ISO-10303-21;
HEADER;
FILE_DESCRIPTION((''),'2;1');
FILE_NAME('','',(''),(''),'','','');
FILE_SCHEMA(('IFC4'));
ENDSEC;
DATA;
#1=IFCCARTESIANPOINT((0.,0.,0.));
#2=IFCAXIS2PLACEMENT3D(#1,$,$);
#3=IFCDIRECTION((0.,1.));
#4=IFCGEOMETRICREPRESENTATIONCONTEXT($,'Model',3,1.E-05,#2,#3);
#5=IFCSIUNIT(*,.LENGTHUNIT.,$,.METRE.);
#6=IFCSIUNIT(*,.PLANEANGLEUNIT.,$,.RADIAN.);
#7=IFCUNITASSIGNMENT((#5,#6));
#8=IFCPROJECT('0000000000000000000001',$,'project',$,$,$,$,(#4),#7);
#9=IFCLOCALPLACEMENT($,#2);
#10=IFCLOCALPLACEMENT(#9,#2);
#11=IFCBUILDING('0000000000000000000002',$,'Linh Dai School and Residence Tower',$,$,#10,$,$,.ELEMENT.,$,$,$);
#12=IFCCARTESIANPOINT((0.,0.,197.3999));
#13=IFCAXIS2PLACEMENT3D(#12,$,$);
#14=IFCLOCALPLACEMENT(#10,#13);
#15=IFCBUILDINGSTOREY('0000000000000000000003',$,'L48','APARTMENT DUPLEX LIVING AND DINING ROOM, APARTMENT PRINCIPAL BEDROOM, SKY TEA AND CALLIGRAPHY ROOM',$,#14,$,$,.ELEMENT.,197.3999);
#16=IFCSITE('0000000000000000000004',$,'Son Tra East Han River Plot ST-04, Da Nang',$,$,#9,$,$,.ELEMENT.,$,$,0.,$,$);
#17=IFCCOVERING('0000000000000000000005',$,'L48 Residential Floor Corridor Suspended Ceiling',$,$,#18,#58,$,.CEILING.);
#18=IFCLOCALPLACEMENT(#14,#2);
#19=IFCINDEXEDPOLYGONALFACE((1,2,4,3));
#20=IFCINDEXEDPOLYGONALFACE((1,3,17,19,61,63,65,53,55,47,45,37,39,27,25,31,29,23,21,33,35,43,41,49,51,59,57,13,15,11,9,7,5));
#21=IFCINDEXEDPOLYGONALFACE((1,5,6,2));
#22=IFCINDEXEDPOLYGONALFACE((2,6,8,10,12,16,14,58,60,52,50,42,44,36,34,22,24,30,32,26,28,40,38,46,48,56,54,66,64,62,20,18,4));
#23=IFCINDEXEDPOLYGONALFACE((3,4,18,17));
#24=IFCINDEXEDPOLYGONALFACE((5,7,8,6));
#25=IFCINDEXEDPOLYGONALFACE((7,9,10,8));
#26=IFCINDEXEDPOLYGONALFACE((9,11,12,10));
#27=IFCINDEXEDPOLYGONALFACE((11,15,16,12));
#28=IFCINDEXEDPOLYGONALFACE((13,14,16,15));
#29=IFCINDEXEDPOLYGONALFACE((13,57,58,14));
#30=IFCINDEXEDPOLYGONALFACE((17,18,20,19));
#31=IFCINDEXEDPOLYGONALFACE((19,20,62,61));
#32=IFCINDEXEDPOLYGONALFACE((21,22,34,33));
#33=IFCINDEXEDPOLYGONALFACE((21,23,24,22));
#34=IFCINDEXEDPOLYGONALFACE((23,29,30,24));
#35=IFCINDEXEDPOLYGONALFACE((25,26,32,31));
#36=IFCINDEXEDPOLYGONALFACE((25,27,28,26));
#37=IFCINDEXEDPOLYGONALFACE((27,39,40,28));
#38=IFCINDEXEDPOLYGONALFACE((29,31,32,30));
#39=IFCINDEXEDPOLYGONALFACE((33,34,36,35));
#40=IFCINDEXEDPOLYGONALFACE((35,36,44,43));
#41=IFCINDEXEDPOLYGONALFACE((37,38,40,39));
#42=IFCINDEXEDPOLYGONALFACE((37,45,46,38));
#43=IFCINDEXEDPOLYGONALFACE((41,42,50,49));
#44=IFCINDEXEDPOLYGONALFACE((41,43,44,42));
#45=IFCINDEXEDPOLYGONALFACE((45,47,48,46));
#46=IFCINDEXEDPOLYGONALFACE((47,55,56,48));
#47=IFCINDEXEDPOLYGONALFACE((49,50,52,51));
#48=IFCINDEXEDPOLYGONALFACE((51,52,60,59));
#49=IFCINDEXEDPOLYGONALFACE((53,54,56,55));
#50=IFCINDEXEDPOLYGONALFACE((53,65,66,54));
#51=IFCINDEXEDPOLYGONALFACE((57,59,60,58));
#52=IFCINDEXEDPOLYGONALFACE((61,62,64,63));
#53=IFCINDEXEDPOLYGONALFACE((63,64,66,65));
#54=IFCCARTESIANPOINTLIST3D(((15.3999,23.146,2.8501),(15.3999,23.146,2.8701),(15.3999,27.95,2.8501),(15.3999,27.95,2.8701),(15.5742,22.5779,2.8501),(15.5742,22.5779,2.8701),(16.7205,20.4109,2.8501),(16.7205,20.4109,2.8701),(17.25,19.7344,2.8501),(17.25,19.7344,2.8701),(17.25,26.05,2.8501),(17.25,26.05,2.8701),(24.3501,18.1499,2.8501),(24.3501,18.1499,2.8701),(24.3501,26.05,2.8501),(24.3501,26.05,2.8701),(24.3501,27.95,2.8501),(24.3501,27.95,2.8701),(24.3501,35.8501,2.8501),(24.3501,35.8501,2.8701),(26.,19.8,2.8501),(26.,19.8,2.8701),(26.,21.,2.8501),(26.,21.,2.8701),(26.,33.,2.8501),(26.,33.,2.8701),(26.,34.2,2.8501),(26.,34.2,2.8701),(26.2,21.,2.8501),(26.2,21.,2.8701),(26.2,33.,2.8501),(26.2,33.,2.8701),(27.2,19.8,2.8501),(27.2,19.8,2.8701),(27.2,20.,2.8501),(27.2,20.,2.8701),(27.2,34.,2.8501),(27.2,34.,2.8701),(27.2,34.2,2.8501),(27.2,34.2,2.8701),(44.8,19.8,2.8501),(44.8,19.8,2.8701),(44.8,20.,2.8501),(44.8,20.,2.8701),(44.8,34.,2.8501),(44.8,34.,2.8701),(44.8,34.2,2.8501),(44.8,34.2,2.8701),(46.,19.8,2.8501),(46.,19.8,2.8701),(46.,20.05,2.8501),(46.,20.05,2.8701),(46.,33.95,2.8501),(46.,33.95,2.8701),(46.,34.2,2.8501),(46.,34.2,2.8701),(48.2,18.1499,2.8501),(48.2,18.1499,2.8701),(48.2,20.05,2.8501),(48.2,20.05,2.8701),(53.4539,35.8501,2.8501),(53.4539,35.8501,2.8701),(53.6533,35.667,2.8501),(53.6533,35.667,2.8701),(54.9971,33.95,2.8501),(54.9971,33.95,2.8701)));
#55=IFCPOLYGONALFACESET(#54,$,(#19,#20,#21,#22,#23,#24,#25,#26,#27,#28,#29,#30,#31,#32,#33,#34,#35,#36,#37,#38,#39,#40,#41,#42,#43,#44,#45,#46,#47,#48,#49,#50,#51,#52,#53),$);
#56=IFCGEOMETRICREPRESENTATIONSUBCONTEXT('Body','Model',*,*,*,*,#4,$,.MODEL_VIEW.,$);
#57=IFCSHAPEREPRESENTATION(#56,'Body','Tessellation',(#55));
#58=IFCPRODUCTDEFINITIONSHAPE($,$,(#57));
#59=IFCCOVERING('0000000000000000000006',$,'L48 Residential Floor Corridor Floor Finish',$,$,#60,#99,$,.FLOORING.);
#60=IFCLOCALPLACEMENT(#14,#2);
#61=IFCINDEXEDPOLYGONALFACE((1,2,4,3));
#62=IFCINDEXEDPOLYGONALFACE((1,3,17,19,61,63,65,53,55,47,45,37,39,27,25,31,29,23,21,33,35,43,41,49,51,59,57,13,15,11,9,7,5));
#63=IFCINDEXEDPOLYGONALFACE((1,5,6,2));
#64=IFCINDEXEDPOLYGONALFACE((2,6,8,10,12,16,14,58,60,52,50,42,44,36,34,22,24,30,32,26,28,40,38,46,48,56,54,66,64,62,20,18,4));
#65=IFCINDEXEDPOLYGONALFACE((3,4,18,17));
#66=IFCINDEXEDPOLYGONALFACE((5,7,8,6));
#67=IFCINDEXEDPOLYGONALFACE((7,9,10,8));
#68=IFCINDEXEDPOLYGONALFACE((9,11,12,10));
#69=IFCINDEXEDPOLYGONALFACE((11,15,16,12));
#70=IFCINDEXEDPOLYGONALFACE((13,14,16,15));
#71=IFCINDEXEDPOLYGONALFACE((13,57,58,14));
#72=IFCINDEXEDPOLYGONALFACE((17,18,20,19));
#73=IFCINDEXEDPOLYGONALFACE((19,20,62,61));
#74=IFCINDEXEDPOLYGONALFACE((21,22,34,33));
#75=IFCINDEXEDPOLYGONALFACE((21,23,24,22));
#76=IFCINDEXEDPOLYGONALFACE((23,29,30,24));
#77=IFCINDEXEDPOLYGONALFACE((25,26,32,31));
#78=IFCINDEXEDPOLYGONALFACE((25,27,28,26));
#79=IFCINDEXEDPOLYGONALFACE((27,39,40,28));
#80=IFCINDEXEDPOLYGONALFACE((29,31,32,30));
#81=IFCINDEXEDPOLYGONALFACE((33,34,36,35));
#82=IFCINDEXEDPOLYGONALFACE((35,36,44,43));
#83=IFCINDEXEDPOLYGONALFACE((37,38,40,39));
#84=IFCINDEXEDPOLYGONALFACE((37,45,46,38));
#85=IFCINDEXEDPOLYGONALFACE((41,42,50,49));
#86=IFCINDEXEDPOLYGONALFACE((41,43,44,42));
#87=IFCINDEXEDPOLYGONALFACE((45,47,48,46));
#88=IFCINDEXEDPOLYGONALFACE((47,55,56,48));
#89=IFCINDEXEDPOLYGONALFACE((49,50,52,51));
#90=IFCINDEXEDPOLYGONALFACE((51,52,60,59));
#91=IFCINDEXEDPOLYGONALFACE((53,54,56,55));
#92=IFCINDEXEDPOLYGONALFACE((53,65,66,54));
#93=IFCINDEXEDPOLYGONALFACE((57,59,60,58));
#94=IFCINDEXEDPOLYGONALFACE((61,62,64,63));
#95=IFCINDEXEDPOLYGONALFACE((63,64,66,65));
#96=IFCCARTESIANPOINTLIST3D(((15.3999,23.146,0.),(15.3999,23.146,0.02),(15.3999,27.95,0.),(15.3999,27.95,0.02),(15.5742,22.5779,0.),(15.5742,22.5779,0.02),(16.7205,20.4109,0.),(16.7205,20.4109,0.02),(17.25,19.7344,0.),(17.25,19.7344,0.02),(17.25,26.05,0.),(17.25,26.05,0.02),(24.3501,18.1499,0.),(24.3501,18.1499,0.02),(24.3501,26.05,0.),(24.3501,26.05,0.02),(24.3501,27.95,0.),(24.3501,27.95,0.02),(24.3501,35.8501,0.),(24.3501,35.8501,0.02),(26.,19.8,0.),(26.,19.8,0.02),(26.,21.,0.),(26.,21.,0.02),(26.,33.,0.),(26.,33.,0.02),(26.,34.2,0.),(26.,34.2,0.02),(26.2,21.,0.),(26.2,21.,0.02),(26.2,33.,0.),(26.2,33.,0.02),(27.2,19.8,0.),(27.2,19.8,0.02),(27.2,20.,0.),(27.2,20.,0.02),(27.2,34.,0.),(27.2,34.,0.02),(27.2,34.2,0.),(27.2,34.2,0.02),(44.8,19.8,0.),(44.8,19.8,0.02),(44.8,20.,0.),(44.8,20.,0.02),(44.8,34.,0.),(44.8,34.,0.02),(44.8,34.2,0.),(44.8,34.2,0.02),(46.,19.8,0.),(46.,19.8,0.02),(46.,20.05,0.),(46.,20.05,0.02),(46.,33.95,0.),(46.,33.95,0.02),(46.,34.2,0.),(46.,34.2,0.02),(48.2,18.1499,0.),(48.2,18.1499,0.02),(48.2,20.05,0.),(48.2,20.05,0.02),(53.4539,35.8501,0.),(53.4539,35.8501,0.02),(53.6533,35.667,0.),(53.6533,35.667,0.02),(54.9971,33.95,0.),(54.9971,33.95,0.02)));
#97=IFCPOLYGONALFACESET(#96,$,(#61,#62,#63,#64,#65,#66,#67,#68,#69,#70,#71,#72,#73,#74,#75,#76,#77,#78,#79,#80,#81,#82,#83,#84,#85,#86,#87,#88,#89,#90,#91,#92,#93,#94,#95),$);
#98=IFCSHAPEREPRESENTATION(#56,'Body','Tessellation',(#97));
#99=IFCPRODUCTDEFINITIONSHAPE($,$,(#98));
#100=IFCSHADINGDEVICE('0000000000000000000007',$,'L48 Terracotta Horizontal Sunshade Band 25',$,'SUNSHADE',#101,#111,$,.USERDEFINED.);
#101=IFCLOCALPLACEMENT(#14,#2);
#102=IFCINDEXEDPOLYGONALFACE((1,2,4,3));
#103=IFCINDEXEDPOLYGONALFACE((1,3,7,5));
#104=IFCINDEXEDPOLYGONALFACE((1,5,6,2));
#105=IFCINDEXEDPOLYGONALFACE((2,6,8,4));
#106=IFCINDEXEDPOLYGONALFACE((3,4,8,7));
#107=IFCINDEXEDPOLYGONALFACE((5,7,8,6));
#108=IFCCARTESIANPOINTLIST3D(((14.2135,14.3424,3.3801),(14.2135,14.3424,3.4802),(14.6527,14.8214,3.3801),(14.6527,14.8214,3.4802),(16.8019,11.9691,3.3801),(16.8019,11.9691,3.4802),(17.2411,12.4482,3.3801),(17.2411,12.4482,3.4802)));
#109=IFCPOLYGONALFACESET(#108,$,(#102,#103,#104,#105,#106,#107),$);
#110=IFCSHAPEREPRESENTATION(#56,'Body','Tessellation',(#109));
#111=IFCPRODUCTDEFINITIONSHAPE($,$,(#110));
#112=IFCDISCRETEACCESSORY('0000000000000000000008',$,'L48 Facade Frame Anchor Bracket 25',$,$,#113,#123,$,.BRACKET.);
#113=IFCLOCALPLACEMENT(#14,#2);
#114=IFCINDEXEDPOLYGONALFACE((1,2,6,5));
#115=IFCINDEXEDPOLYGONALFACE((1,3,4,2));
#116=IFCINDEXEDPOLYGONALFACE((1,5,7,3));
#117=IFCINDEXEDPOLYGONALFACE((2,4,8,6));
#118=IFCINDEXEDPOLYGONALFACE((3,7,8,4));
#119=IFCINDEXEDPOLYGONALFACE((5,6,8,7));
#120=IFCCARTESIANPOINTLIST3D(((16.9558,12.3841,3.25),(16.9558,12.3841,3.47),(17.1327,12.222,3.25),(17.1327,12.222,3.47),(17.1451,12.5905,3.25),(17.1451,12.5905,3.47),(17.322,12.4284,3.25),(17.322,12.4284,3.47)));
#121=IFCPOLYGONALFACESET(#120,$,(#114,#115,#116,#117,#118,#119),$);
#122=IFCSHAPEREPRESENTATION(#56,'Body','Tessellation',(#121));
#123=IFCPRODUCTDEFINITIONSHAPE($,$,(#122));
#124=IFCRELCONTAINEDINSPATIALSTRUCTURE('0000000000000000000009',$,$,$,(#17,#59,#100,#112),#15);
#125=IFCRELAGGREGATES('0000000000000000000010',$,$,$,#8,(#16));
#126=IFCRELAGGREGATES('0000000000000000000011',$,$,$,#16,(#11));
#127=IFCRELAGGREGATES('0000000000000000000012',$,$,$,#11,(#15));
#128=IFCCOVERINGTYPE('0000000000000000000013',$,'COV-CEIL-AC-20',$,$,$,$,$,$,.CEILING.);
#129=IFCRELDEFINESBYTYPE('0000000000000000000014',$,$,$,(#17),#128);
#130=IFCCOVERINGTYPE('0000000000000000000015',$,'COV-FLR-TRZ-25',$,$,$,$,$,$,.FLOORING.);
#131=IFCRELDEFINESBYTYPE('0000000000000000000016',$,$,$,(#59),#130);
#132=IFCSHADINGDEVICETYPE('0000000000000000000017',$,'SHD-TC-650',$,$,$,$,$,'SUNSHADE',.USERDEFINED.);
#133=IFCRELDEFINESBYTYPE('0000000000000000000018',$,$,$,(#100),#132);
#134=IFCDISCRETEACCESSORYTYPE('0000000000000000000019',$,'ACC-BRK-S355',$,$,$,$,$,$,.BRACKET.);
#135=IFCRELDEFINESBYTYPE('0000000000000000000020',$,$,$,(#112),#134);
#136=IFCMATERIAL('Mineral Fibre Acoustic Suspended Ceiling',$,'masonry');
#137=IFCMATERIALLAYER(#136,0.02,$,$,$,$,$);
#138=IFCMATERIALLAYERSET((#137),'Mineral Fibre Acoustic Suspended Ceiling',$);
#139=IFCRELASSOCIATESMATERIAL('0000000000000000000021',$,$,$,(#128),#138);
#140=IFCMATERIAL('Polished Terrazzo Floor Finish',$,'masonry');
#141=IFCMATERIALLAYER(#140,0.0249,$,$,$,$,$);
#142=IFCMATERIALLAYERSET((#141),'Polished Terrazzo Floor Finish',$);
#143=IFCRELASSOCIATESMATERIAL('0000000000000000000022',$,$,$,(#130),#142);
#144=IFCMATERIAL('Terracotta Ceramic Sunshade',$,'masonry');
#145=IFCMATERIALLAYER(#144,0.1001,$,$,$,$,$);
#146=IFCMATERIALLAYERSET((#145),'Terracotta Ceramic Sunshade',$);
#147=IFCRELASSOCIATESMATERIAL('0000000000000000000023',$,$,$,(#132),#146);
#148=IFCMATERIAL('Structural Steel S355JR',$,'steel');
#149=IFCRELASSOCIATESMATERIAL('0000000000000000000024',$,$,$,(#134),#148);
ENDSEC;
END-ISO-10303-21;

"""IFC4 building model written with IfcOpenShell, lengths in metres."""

from ifc_helpers import new_model, si_unit, direction, frame, origin, origin_2d, place, context, subcontext, project, spatial, polyline, rectangle, outline, extrude, source, transform, mapped, material, layer, layer_set, type_object, element, save


model = new_model("IFC4")

# Units and contexts
model_context = context("Model", 3, precision=1e-05, world=origin(), true_north=direction((0.0, 1.0)))
body_context = subcontext(model_context, "Body", "Model", "MODEL_VIEW")
ifc_project = project(units=[si_unit("LENGTHUNIT", "METRE"), si_unit("PLANEANGLEUNIT", "RADIAN")], contexts=[model_context])

# Site, building, storey
site_placement = place(None, origin())
site = spatial("IfcSite", under=ifc_project, at=site_placement, Name="Son Tra East Han River Plot ST-04, Da Nang", CompositionType="ELEMENT", RefElevation=0.0)
building_placement = place(site_placement, origin())
building = spatial("IfcBuilding", under=site, at=building_placement, Name="Linh Dai School and Residence Tower", CompositionType="ELEMENT")
storey_placement = place(building_placement, frame((0.0, 0.0, 197.3999)))
storey = spatial("IfcBuildingStorey", under=building, at=storey_placement, Name="L48", Description="APARTMENT DUPLEX LIVING AND DINING ROOM, APARTMENT PRINCIPAL BEDROOM, SKY TEA AND CALLIGRAPHY ROOM", CompositionType="ELEMENT", Elevation=197.3999)

# Shared definitions
ifc_material_1 = material(Name="Structural Steel S355JR", Category="steel")

# Coverings
ifc_material_2 = material(Name="Mineral Fibre Acoustic Suspended Ceiling", Category="masonry")
ifc_layer_1 = layer(ifc_material_2, 0.02)
ifc_layer_set_1 = layer_set([ifc_layer_1], Name="Mineral Fibre Acoustic Suspended Ceiling")
covering_type_1 = type_object("IfcCoveringType", Name="COV-CEIL-AC-20", PredefinedType="CEILING", material=ifc_layer_set_1)
covering_1_placement = place(storey_placement, frame((0.0, 0.0, 2.8501)))
element("IfcCovering", 1, at=covering_1_placement, inside=storey, type_object=covering_type_1, Name="L48 Residential Floor Corridor Suspended Ceiling", PredefinedType="CEILING", context=body_context, shape_type="SweptSolid", body=[
    extrude(outline(polyline([(17.25, 19.7344), (16.7205, 20.4109), (15.5742, 22.5779), (15.3999, 23.146), (15.3999, 27.95), (24.3501, 27.95), (24.3501, 35.8501), (53.4539, 35.8501), (53.6533, 35.667), (54.9971, 33.95), (46.0, 33.95), (46.0, 34.2), (44.8, 34.2), (44.8, 34.0), (27.2, 34.0), (27.2, 34.2), (26.0, 34.2), (26.0, 33.0), (26.2, 33.0), (26.2, 21.0), (26.0, 21.0), (26.0, 19.8), (27.2, 19.8), (27.2, 20.0), (44.8, 20.0), (44.8, 19.8), (46.0, 19.8), (46.0, 20.05), (48.2, 20.05), (48.2, 18.1499), (24.3501, 18.1499), (24.3501, 26.05), (17.25, 26.05), (17.25, 19.7344)])), origin(), (0.0, 0.0, 1.0), 0.02),
])
ifc_material_3 = material(Name="Polished Terrazzo Floor Finish", Category="masonry")
ifc_layer_2 = layer(ifc_material_3, 0.0249)
ifc_layer_set_2 = layer_set([ifc_layer_2], Name="Polished Terrazzo Floor Finish")
covering_type_2 = type_object("IfcCoveringType", Name="COV-FLR-TRZ-25", PredefinedType="FLOORING", material=ifc_layer_set_2)
covering_2_placement = place(storey_placement, origin())
element("IfcCovering", 2, at=covering_2_placement, inside=storey, type_object=covering_type_2, Name="L48 Residential Floor Corridor Floor Finish", PredefinedType="FLOORING", context=body_context, shape_type="SweptSolid", body=[
    extrude(outline(polyline([(17.25, 19.7344), (16.7205, 20.4109), (15.5742, 22.5779), (15.3999, 23.146), (15.3999, 27.95), (24.3501, 27.95), (24.3501, 35.8501), (53.4539, 35.8501), (53.6533, 35.667), (54.9971, 33.95), (46.0, 33.95), (46.0, 34.2), (44.8, 34.2), (44.8, 34.0), (27.2, 34.0), (27.2, 34.2), (26.0, 34.2), (26.0, 33.0), (26.2, 33.0), (26.2, 21.0), (26.0, 21.0), (26.0, 19.8), (27.2, 19.8), (27.2, 20.0), (44.8, 20.0), (44.8, 19.8), (46.0, 19.8), (46.0, 20.05), (48.2, 20.05), (48.2, 18.1499), (24.3501, 18.1499), (24.3501, 26.05), (17.25, 26.05), (17.25, 19.7344)])), origin(), (0.0, 0.0, 1.0), 0.02),
])

# Shading device
ifc_material_4 = material(Name="Terracotta Ceramic Sunshade", Category="masonry")
ifc_layer_3 = layer(ifc_material_4, 0.1001)
ifc_layer_set_3 = layer_set([ifc_layer_3], Name="Terracotta Ceramic Sunshade")
shading_device_type = type_object("IfcShadingDeviceType", Name="SHD-TC-650", ElementType="SUNSHADE", PredefinedType="USERDEFINED", material=ifc_layer_set_3)
shared_shape_1 = source(origin(), body_context, "Body", "SweptSolid", [
    extrude(rectangle(XDim=3.5117, YDim=0.6499, at=origin_2d()), origin(), (0.0, 0.0, 1.0), 0.1001),
])
shading_device_placement = place(storey_placement, frame((15.7273, 13.3953, 3.3801), z_axis=(0.0, 0.0, 1.0), x_axis=(-0.737085, 0.6758, 0.0)))
element("IfcShadingDevice", 3, at=shading_device_placement, inside=storey, type_object=shading_device_type, Name="L48 Terracotta Horizontal Sunshade Band 25", ObjectType="SUNSHADE", PredefinedType="USERDEFINED", context=body_context, shape_type="MappedRepresentation", body=[
    mapped(shared_shape_1, transform((0.0, 0.0, 0.0), x_axis=(1.0, 0.0, 0.0), y_axis=(0.0, 1.0, 0.0), z_axis=(0.0, 0.0, 1.0), scale=1.0)),
])

# Discrete accessory
discrete_accessory_type = type_object("IfcDiscreteAccessoryType", Name="ACC-BRK-S355", PredefinedType="BRACKET", material=ifc_material_1)
shared_shape_2 = source(origin(), body_context, "Body", "SweptSolid", [
    extrude(rectangle(XDim=0.28, YDim=0.24, at=origin_2d()), origin(), (0.0, 0.0, 1.0), 0.22),
])
discrete_accessory_placement = place(storey_placement, frame((17.1389, 12.4062, 3.25), z_axis=(0.0, 0.0, 1.0), x_axis=(-0.6758, -0.737085, 0.0)))
element("IfcDiscreteAccessory", 4, at=discrete_accessory_placement, inside=storey, type_object=discrete_accessory_type, Name="L48 Facade Frame Anchor Bracket 25", PredefinedType="BRACKET", context=body_context, shape_type="MappedRepresentation", body=[
    mapped(shared_shape_2, transform((0.0, 0.0, 0.0), x_axis=(1.0, 0.0, 0.0), y_axis=(0.0, 1.0, 0.0), z_axis=(0.0, 0.0, 1.0), scale=1.0)),
])

save(model, "model.ifc")
